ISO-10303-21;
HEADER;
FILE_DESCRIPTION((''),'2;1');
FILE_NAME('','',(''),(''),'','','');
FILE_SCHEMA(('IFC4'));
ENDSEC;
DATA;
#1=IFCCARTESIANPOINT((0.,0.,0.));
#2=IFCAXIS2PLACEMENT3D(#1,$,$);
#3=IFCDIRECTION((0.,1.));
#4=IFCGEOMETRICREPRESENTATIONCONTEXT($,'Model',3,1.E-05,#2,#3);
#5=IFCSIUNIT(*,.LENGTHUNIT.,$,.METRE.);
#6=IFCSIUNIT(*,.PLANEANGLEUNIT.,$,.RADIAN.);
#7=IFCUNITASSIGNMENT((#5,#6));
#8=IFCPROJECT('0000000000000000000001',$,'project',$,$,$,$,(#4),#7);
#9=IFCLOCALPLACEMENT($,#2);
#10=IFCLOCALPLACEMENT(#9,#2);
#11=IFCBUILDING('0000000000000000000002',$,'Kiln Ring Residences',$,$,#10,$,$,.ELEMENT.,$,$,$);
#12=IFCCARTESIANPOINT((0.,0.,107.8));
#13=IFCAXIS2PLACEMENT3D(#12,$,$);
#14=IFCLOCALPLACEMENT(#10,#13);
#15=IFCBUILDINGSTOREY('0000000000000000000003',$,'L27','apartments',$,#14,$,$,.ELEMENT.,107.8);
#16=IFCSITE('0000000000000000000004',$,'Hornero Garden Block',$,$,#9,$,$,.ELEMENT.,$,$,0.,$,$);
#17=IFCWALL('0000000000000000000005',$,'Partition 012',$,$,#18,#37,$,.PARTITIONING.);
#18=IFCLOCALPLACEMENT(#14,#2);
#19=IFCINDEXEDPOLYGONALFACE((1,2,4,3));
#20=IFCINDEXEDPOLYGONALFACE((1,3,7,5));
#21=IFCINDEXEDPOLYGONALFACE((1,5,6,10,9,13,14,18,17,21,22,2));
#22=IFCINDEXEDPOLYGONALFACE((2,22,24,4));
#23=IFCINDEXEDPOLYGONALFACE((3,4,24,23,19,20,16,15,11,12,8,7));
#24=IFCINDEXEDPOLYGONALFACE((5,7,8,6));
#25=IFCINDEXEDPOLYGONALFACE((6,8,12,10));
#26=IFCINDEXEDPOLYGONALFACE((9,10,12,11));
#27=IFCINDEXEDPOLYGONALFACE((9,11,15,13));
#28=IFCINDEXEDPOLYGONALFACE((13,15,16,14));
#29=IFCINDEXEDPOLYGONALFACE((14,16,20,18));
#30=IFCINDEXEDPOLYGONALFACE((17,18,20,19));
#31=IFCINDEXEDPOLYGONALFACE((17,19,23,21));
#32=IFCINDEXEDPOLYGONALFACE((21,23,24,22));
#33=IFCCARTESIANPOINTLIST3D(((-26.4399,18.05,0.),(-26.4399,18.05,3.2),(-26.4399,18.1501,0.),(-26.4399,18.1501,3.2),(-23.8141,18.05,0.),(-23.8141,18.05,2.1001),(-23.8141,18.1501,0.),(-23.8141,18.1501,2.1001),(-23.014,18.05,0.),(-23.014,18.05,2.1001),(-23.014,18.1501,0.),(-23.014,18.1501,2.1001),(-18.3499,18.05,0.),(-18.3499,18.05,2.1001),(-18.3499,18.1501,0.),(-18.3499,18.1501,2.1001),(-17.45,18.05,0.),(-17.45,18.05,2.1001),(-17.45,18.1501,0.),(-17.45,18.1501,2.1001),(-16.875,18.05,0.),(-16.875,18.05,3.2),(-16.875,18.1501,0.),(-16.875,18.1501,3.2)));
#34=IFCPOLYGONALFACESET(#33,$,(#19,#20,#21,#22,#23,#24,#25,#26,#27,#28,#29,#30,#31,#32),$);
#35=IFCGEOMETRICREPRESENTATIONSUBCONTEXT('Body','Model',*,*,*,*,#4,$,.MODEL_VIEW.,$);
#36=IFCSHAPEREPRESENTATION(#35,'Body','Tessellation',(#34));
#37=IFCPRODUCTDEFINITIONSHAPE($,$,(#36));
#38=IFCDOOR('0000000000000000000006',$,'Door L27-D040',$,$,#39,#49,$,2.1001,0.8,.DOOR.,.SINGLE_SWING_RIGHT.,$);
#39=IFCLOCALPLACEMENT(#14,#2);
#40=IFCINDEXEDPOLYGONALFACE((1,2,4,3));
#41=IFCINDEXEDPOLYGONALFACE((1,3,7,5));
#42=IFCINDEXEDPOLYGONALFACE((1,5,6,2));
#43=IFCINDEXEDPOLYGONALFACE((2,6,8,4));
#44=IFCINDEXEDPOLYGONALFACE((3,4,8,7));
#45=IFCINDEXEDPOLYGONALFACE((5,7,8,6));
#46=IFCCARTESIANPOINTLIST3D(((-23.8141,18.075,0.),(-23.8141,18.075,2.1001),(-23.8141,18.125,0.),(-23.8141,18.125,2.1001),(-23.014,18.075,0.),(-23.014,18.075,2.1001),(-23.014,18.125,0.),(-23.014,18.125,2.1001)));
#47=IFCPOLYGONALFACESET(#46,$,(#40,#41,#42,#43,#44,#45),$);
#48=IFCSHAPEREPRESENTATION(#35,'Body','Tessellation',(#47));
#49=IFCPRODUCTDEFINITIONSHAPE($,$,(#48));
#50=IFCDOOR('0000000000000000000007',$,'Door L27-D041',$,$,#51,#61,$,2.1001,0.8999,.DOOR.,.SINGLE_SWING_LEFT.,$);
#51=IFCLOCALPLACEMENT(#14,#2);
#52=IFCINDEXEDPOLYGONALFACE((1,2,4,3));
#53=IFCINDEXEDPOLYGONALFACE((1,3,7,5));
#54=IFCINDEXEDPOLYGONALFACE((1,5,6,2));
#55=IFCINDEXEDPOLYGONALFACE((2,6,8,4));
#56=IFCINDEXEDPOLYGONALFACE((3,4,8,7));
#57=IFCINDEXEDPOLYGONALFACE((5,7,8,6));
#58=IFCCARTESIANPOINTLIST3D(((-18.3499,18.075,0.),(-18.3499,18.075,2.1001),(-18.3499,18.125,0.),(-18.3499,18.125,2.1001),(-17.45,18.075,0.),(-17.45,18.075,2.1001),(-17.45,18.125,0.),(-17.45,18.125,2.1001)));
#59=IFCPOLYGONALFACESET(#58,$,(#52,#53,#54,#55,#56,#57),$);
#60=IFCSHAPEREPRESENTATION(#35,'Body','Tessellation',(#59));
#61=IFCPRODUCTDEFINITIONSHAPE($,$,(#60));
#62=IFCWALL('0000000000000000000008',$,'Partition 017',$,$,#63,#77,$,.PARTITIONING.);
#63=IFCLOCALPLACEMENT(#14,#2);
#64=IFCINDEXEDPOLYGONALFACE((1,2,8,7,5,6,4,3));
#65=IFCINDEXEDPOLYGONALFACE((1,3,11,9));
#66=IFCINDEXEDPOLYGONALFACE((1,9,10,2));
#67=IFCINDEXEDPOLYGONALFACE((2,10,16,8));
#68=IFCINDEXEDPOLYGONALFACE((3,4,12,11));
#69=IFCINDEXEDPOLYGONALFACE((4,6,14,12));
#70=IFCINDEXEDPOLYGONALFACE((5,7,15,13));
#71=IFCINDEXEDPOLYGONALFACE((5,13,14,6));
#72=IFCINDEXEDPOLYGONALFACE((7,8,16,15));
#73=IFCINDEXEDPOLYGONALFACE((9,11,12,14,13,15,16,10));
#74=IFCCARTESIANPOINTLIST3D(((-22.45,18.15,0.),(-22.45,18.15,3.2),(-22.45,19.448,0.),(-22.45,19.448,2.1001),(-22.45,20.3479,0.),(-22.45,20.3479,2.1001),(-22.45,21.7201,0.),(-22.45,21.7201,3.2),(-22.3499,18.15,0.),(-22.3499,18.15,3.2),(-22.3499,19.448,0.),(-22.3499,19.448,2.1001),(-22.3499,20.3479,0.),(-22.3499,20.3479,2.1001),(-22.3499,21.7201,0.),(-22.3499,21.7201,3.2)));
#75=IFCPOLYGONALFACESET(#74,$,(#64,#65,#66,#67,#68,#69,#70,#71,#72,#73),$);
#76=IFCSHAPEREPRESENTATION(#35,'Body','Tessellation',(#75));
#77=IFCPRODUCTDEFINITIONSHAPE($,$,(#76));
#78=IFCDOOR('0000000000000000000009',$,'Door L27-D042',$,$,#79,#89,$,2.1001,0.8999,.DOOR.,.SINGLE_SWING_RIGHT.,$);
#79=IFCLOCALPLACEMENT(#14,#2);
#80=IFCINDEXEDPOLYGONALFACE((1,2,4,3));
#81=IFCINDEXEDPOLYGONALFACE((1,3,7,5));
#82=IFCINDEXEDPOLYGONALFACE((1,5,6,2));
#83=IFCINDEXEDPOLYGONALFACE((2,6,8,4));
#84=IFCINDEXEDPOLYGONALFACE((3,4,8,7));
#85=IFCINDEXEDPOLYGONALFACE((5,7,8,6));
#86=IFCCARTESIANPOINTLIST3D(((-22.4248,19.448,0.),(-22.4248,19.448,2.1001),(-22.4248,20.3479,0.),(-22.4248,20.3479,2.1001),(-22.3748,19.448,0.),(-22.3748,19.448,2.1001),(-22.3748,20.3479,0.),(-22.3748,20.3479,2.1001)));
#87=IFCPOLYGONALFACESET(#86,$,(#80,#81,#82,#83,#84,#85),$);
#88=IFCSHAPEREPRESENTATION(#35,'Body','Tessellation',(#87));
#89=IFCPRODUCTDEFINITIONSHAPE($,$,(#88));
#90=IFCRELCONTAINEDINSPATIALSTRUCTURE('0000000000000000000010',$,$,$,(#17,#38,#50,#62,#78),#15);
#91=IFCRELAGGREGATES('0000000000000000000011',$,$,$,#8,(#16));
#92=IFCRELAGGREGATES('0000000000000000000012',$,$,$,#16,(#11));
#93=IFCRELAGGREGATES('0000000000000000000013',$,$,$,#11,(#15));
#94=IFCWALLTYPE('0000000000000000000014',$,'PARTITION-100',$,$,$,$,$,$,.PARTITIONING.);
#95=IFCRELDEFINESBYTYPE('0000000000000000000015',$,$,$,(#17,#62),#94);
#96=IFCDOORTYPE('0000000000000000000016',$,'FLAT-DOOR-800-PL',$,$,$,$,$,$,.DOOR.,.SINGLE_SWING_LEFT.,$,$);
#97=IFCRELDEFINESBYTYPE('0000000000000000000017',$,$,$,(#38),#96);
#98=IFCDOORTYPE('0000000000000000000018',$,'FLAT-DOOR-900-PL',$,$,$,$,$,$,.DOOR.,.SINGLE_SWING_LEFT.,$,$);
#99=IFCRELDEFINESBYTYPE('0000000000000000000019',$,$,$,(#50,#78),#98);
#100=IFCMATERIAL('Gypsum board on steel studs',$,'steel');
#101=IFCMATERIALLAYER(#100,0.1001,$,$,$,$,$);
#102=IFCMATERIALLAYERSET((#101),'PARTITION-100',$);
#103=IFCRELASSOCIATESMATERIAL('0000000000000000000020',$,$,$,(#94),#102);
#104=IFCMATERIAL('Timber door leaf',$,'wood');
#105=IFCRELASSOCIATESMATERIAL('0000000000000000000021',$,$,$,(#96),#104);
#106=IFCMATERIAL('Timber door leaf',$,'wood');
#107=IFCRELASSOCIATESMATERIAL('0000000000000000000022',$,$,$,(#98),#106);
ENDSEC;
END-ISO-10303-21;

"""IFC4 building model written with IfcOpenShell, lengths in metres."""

from ifc_helpers import new_model, si_unit, direction, frame, frame_2d, origin, place, context, subcontext, project, spatial, rectangle, extrude, material, layer, layer_set, type_object, element, fill, save


model = new_model("IFC4")

# Units and contexts
model_context = context("Model", 3, precision=1e-05, world=origin(), true_north=direction((0.0, 1.0)))
body_context = subcontext(model_context, "Body", "Model", "MODEL_VIEW")
ifc_project = project(units=[si_unit("LENGTHUNIT", "METRE"), si_unit("PLANEANGLEUNIT", "RADIAN")], contexts=[model_context])

# Site, building, storey
site_placement = place(None, origin())
site = spatial("IfcSite", under=ifc_project, at=site_placement, Name="Hornero Garden Block", CompositionType="ELEMENT", RefElevation=0.0)
building_placement = place(site_placement, origin())
building = spatial("IfcBuilding", under=site, at=building_placement, Name="Kiln Ring Residences", CompositionType="ELEMENT")
storey_placement = place(building_placement, frame((0.0, 0.0, 107.8)))
storey = spatial("IfcBuildingStorey", under=building, at=storey_placement, Name="L27", Description="apartments", CompositionType="ELEMENT", Elevation=107.8)

# Wall, openings, doors
ifc_material_1 = material(Name="Gypsum board on steel studs", Category="steel")
ifc_layer_1 = layer(ifc_material_1, 0.1001)
ifc_layer_set_1 = layer_set([ifc_layer_1], Name="PARTITION-100")
wall_type_1 = type_object("IfcWallType", Name="PARTITION-100", PredefinedType="PARTITIONING", material=ifc_layer_set_1)
wall_1_placement = place(storey_placement, frame((-26.4399, 18.1001, 0.0), z_axis=(0.0, 0.0, 1.0), x_axis=(1.0, 0.0, 0.0)))
wall_1 = element("IfcWall", 1, at=wall_1_placement, inside=storey, type_object=wall_type_1, Name="Partition 012", PredefinedType="PARTITIONING", context=body_context, shape_type="SweptSolid", body=[
    extrude(rectangle(XDim=9.5649, YDim=0.1001, at=frame_2d((4.7825, 0.0))), origin(), (0.0, 0.0, 1.0), 3.2),
])
opening_1_placement = place(wall_1_placement, frame((2.626, 0.0, 0.0)))
opening_1 = element("IfcOpeningElement", 2, at=opening_1_placement, cuts=wall_1, PredefinedType="OPENING", context=body_context, shape_type="SweptSolid", body=[
    extrude(rectangle(XDim=0.8, YDim=2.1001, at=frame_2d((0.3999, 1.05))), frame((0.0, 0.0601, 0.0), z_axis=(0.0, -1.0, 0.0), x_axis=(1.0, 0.0, 0.0)), (0.0, 0.0, 1.0), 0.1201),
])
opening_2_placement = place(wall_1_placement, frame((8.0901, 0.0, 0.0)))
opening_2 = element("IfcOpeningElement", 3, at=opening_2_placement, cuts=wall_1, PredefinedType="OPENING", context=body_context, shape_type="SweptSolid", body=[
    extrude(rectangle(XDim=0.8999, YDim=2.1001, at=frame_2d((0.45, 1.05))), frame((0.0, 0.0601, 0.0), z_axis=(0.0, -1.0, 0.0), x_axis=(1.0, 0.0, 0.0)), (0.0, 0.0, 1.0), 0.1201),
])
ifc_material_2 = material(Name="Timber door leaf", Category="wood")
door_type_1 = type_object("IfcDoorType", Name="FLAT-DOOR-800-PL", OperationType="SINGLE_SWING_LEFT", PredefinedType="DOOR", material=ifc_material_2)
door_1_placement = place(opening_1_placement, origin())
door_1 = element("IfcDoor", 4, at=door_1_placement, inside=storey, type_object=door_type_1, Name="Door L27-D040", OperationType="SINGLE_SWING_RIGHT", OverallHeight=2.1001, OverallWidth=0.8, PredefinedType="DOOR", context=body_context, shape_type="SweptSolid", body=[
    extrude(rectangle(XDim=0.8, YDim=2.1001, at=frame_2d((0.3999, 1.05))), frame((0.0, 0.0249, 0.0), z_axis=(0.0, -1.0, 0.0), x_axis=(1.0, 0.0, 0.0)), (0.0, 0.0, 1.0), 0.05),
])
fill(opening_1, door_1)
ifc_material_3 = material(Name="Timber door leaf", Category="wood")
door_type_2 = type_object("IfcDoorType", Name="FLAT-DOOR-900-PL", OperationType="SINGLE_SWING_LEFT", PredefinedType="DOOR", material=ifc_material_3)
door_2_placement = place(opening_2_placement, origin())
door_2 = element("IfcDoor", 5, at=door_2_placement, inside=storey, type_object=door_type_2, Name="Door L27-D041", OperationType="SINGLE_SWING_LEFT", OverallHeight=2.1001, OverallWidth=0.8999, PredefinedType="DOOR", context=body_context, shape_type="SweptSolid", body=[
    extrude(rectangle(XDim=0.8999, YDim=2.1001, at=frame_2d((0.45, 1.05))), frame((0.0, 0.0249, 0.0), z_axis=(0.0, -1.0, 0.0), x_axis=(1.0, 0.0, 0.0)), (0.0, 0.0, 1.0), 0.05),
])
fill(opening_2, door_2)

# Wall, opening, door
wall_2_placement = place(storey_placement, frame((-22.3999, 18.1499, 0.0), z_axis=(0.0, 0.0, 1.0), x_axis=(0.0, 1.0, 0.0)))
wall_2 = element("IfcWall", 6, at=wall_2_placement, inside=storey, type_object=wall_type_1, Name="Partition 017", PredefinedType="PARTITIONING", context=body_context, shape_type="SweptSolid", body=[
    extrude(rectangle(XDim=3.5701, YDim=0.1001, at=frame_2d((1.7852, 0.0))), origin(), (0.0, 0.0, 1.0), 3.2),
])
opening_3_placement = place(wall_2_placement, frame((1.2981, 0.0, 0.0)))
opening_3 = element("IfcOpeningElement", 7, at=opening_3_placement, cuts=wall_2, PredefinedType="OPENING", context=body_context, shape_type="SweptSolid", body=[
    extrude(rectangle(XDim=0.8999, YDim=2.1001, at=frame_2d((0.45, 1.05))), frame((0.0, 0.0601, 0.0), z_axis=(0.0, -1.0, 0.0), x_axis=(1.0, 0.0, 0.0)), (0.0, 0.0, 1.0), 0.1201),
])
door_3_placement = place(opening_3_placement, origin())
door_3 = element("IfcDoor", 8, at=door_3_placement, inside=storey, type_object=door_type_2, Name="Door L27-D042", OperationType="SINGLE_SWING_RIGHT", OverallHeight=2.1001, OverallWidth=0.8999, PredefinedType="DOOR", context=body_context, shape_type="SweptSolid", body=[
    extrude(rectangle(XDim=0.8999, YDim=2.1001, at=frame_2d((0.45, 1.05))), frame((0.0, 0.0249, 0.0), z_axis=(0.0, -1.0, 0.0), x_axis=(1.0, 0.0, 0.0)), (0.0, 0.0, 1.0), 0.05),
])
fill(opening_3, door_3)

save(model, "model.ifc")
